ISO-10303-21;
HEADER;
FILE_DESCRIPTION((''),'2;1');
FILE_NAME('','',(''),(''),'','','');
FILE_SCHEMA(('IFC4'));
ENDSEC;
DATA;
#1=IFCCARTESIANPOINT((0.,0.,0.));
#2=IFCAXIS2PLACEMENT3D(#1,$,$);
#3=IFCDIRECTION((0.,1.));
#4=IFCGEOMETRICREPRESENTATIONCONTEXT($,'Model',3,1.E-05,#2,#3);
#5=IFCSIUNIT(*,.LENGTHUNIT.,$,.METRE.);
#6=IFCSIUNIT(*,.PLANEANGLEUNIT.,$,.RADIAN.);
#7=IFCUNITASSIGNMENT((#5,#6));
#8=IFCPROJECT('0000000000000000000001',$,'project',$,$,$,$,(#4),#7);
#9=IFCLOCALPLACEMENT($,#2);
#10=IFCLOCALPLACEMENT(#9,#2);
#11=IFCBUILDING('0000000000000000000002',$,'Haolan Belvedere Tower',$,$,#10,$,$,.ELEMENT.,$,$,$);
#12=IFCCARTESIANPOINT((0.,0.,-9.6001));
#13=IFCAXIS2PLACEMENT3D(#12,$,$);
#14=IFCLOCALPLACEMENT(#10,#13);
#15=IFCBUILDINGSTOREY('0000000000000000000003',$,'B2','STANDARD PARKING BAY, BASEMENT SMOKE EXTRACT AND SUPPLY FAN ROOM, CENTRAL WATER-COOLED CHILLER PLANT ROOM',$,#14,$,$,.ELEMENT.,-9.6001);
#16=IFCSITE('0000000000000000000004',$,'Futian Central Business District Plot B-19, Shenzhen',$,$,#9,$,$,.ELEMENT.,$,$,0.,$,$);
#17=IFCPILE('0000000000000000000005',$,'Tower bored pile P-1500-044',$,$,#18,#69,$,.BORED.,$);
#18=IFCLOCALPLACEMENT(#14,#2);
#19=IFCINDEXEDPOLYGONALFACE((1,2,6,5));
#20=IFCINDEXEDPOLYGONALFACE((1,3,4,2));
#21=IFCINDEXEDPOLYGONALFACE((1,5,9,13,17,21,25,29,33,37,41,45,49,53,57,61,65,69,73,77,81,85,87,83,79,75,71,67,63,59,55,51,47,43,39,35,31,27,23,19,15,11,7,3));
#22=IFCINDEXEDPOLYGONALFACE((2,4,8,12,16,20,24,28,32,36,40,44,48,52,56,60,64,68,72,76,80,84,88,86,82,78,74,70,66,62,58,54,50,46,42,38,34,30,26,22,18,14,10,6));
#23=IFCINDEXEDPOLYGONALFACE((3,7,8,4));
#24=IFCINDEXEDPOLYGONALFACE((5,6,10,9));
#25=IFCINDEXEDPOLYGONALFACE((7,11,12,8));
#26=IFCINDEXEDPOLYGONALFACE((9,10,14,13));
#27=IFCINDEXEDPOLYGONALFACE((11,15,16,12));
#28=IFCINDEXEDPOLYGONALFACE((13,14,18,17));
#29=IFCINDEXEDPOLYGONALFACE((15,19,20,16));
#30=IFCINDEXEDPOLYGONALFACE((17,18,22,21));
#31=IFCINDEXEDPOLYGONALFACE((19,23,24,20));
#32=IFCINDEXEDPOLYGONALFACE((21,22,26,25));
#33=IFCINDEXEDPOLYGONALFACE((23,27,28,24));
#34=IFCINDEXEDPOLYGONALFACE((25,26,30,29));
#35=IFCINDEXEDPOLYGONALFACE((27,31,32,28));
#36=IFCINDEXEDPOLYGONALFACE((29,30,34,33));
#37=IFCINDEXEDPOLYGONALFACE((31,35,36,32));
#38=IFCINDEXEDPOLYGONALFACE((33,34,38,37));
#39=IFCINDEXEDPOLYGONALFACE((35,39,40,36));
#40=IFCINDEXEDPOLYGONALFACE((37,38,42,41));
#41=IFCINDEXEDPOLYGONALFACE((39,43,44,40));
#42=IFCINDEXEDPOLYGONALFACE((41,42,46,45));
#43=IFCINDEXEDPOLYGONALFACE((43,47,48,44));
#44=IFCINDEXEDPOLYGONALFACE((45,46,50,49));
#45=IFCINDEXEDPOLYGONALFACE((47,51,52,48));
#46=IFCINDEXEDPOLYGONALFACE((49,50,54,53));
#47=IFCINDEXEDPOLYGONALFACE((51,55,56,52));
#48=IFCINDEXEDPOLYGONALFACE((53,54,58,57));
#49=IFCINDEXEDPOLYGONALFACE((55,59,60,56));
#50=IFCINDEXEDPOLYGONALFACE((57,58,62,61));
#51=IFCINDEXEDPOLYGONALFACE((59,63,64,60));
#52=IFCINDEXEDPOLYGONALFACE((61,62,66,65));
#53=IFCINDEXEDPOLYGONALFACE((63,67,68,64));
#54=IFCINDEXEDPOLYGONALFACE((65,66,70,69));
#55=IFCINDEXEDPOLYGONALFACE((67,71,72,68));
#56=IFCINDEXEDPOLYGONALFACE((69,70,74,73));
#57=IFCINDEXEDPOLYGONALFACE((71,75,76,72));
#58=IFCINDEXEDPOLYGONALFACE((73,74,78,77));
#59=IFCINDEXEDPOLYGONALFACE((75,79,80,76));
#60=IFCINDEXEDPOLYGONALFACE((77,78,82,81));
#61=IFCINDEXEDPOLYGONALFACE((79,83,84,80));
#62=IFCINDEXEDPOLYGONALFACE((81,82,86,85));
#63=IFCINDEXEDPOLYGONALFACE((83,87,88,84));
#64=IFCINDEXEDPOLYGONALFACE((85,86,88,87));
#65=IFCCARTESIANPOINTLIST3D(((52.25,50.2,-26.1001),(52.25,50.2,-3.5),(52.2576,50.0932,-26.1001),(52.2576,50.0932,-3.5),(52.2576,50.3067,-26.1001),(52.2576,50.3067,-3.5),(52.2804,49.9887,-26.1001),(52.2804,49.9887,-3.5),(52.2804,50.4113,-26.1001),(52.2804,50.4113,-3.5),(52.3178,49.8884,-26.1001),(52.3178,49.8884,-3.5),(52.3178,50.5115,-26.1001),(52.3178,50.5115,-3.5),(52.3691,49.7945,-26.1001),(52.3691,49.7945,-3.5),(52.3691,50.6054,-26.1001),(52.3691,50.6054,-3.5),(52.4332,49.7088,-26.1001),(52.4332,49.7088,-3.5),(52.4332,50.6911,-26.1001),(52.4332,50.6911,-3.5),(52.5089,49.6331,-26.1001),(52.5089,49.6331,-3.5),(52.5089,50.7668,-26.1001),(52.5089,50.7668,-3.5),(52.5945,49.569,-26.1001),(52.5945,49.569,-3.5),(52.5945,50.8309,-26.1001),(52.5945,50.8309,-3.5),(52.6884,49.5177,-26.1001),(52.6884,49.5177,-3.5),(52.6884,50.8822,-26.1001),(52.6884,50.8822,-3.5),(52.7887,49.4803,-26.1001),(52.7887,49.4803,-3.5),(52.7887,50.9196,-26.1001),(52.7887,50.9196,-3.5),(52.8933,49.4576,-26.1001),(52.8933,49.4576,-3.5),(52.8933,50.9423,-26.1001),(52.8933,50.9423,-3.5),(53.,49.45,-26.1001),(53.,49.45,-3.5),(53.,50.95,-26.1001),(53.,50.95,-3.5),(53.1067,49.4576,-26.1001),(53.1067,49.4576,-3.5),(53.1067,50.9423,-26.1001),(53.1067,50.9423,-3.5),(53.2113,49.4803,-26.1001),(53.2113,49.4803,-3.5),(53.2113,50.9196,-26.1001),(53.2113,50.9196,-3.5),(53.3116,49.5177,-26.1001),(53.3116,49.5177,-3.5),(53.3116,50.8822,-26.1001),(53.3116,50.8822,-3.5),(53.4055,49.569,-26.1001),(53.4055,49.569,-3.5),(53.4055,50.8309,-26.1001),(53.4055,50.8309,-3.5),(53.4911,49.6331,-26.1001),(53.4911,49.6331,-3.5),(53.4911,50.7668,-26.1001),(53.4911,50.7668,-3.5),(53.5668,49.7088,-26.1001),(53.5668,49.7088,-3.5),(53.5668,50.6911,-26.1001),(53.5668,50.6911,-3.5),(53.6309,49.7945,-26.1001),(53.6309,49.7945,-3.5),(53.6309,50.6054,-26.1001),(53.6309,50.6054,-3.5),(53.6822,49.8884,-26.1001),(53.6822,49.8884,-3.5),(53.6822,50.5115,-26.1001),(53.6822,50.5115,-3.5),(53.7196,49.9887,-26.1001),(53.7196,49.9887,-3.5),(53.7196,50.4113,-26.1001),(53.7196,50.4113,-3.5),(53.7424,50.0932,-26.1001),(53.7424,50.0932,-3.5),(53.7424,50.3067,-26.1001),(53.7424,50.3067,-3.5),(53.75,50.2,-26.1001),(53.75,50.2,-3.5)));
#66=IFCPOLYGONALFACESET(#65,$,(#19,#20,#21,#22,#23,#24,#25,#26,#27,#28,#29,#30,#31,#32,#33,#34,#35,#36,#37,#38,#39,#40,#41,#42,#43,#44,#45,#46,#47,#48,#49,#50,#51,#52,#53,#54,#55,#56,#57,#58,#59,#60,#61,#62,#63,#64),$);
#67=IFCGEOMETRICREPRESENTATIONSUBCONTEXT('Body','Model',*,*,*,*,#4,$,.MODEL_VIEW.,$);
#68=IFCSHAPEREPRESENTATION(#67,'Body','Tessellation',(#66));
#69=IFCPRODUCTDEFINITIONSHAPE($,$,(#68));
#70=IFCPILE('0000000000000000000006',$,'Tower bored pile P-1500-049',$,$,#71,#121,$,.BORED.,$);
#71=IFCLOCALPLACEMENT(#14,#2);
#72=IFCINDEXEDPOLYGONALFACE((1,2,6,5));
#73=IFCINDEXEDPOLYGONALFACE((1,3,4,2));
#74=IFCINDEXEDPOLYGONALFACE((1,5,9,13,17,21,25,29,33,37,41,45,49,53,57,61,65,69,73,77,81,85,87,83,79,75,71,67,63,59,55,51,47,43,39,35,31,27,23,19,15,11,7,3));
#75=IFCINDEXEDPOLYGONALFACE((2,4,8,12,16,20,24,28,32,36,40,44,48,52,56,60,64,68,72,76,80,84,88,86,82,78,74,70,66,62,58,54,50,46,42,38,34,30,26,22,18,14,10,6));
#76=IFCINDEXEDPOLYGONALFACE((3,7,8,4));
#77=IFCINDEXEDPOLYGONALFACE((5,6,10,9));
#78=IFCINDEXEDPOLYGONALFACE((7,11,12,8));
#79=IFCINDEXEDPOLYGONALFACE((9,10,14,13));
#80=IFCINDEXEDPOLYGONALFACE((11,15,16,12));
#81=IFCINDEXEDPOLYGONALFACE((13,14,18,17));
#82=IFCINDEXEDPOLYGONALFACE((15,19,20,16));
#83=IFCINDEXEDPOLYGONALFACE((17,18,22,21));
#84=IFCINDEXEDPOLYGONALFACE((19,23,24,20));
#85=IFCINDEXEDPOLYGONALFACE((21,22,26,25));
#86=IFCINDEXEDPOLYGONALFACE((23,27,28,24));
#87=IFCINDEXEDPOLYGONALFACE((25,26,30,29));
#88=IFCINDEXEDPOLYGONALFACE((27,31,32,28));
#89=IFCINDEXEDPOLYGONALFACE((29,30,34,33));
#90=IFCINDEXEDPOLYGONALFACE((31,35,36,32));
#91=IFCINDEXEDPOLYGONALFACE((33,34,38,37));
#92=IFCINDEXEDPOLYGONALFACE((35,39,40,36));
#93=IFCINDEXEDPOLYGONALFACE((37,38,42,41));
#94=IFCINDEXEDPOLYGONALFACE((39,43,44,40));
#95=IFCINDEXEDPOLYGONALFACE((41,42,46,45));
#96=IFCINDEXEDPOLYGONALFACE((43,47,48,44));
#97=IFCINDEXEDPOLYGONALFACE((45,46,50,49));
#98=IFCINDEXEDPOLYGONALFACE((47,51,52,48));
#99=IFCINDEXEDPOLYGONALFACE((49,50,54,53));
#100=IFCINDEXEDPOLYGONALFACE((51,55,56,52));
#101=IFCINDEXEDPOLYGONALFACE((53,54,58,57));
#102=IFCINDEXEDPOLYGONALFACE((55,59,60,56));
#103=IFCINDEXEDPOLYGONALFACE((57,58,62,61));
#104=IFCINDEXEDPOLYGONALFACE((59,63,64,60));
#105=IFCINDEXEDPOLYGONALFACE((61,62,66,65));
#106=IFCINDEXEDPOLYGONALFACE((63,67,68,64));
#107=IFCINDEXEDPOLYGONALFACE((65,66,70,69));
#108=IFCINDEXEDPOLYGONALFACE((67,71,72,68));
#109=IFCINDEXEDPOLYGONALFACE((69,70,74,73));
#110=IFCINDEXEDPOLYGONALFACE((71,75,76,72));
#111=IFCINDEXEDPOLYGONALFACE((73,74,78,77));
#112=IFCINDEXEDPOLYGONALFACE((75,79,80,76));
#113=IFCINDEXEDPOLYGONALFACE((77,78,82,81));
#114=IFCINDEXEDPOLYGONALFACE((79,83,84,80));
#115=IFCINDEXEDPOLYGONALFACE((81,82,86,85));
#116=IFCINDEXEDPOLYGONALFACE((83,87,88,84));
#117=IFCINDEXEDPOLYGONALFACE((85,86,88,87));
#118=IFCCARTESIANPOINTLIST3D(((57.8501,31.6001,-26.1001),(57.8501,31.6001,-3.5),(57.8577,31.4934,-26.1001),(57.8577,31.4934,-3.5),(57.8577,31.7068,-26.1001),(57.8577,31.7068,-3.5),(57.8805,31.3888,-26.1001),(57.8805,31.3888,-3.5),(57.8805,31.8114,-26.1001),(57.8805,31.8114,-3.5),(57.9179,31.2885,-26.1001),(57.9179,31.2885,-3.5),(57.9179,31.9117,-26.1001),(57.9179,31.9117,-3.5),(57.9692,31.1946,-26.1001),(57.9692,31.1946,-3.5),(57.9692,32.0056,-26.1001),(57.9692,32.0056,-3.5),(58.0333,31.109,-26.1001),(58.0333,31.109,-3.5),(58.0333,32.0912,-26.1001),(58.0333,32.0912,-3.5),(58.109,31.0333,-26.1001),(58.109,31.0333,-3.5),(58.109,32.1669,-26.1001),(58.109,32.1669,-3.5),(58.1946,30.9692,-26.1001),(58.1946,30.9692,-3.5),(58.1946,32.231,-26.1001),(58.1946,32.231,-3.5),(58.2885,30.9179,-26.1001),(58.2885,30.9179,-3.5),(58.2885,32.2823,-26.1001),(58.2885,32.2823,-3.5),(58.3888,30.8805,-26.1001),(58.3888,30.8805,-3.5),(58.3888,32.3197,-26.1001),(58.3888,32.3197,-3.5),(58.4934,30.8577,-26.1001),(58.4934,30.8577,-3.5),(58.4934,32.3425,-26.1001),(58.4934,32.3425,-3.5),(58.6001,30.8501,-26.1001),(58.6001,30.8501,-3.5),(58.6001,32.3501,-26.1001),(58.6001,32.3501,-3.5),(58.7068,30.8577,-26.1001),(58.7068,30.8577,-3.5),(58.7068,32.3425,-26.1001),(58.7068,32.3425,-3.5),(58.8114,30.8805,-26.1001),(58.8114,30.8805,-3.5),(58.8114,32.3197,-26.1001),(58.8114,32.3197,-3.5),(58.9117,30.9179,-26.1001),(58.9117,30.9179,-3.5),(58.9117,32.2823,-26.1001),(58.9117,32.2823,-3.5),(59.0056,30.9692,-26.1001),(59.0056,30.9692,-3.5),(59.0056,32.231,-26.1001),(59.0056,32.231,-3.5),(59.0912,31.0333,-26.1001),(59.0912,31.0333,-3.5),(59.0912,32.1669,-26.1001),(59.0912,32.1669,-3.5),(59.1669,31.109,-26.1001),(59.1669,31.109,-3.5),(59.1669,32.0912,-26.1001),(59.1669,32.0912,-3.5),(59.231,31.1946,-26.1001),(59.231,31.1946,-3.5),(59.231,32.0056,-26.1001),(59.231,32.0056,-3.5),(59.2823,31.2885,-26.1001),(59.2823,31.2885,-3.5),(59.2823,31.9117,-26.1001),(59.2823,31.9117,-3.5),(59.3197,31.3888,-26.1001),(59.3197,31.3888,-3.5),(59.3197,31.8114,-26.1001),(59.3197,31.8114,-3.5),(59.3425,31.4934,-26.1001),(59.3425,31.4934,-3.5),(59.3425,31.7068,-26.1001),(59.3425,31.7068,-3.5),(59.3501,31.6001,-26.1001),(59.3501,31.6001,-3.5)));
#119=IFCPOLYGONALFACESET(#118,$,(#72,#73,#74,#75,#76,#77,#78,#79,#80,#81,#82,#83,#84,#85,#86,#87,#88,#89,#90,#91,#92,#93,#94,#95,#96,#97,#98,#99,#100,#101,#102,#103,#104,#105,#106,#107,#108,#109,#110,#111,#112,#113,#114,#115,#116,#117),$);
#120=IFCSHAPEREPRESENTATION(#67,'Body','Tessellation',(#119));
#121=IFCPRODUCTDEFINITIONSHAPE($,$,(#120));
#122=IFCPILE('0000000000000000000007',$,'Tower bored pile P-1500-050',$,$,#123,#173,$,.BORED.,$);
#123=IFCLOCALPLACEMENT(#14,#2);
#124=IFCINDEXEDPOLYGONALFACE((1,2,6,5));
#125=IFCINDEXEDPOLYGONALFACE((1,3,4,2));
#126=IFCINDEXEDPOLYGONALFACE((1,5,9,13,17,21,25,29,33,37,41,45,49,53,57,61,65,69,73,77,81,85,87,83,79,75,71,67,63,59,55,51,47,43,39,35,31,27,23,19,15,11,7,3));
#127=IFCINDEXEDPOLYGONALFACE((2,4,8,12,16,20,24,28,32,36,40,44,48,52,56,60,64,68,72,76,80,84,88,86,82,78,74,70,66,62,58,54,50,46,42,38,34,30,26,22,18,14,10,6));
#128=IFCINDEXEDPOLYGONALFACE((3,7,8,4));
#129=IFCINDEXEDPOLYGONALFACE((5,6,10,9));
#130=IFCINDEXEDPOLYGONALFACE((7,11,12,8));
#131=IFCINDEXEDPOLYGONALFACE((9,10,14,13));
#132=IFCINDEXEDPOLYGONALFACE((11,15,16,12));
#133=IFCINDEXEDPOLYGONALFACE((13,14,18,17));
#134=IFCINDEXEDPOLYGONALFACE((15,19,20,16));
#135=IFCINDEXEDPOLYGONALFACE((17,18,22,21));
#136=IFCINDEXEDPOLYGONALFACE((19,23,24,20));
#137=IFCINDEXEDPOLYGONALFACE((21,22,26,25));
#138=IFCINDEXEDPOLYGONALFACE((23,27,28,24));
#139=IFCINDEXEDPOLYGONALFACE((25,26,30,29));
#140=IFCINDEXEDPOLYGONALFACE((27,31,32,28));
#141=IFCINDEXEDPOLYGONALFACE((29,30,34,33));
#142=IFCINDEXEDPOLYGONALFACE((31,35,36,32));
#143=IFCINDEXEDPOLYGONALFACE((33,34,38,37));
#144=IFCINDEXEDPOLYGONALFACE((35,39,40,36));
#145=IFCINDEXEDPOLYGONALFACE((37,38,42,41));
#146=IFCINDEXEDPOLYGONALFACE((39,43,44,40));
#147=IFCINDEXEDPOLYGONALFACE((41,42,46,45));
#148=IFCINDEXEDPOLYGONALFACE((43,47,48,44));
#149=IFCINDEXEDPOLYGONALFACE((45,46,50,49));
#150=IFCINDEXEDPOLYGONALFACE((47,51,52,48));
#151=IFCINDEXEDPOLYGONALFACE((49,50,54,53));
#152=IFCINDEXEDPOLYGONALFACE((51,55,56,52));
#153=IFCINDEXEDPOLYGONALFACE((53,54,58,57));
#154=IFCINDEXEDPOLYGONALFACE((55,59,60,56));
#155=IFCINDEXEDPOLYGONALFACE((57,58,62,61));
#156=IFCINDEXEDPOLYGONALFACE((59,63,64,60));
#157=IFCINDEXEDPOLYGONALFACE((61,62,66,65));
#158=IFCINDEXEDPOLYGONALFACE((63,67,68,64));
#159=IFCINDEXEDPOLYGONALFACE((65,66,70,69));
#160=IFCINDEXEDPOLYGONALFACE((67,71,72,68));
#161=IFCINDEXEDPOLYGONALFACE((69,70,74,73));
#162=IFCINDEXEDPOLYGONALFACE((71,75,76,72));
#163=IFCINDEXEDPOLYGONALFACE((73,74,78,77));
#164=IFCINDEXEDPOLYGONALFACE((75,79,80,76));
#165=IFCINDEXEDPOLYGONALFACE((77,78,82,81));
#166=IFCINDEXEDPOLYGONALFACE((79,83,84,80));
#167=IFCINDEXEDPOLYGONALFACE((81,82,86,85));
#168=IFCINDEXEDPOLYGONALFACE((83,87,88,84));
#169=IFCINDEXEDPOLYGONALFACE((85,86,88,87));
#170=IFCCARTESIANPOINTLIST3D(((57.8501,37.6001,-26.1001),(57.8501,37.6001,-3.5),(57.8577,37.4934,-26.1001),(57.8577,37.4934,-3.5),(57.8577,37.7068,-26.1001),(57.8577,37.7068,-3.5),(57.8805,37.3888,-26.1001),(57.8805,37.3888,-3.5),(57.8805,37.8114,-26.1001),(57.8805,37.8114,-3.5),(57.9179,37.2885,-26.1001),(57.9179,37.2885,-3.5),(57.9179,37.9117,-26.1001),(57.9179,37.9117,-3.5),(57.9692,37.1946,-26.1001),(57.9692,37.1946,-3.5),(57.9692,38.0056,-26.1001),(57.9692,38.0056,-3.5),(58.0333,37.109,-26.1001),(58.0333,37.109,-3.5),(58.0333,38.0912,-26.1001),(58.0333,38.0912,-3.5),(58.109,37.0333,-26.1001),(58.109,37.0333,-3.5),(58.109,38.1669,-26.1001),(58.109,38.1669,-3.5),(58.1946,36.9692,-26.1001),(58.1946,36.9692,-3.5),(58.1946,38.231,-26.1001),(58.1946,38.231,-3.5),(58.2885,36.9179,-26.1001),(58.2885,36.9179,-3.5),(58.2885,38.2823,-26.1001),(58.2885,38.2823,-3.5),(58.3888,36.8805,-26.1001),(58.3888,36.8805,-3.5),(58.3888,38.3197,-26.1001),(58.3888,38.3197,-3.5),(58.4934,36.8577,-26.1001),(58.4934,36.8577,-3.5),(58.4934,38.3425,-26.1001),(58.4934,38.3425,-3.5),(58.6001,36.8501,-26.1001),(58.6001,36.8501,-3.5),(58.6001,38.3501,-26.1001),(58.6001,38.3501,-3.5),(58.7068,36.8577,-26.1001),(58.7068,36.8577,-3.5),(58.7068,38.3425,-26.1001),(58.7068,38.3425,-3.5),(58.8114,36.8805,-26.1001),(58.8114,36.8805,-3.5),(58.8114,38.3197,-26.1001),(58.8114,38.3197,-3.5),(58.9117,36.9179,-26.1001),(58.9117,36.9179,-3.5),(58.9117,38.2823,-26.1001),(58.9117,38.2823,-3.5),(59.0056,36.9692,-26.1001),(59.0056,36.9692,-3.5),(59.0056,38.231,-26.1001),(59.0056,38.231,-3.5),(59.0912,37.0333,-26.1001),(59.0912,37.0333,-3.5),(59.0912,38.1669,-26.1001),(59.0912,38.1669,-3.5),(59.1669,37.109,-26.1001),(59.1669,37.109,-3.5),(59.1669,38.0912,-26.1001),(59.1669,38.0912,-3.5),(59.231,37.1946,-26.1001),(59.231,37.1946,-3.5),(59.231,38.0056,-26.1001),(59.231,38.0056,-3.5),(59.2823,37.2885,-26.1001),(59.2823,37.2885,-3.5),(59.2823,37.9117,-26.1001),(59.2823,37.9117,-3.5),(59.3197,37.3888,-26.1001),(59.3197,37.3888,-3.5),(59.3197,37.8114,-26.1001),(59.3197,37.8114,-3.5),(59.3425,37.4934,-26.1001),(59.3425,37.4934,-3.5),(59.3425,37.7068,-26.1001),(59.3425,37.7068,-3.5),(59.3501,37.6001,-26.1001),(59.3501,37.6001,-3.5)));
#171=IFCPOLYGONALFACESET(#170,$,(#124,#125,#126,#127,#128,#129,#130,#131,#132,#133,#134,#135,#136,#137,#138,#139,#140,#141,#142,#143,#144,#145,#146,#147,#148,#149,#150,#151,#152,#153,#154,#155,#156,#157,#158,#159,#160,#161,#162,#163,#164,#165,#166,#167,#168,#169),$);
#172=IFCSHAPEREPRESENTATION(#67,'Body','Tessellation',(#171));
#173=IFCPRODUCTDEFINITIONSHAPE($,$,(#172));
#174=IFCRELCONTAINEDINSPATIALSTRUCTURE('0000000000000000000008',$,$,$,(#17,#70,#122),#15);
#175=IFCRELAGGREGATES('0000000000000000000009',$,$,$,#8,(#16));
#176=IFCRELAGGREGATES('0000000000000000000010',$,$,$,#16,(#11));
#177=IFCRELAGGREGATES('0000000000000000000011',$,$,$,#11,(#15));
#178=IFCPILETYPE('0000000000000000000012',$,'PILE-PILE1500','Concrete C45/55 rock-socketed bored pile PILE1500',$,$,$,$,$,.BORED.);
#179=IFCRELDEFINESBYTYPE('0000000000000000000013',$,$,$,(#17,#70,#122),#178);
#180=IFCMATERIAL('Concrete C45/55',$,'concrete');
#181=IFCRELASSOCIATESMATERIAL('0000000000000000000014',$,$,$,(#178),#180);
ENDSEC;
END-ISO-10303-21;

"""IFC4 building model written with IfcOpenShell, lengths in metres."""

from ifc_helpers import new_model, si_unit, direction, frame, origin, origin_2d, place, context, subcontext, project, spatial, circle, extrude, material, material_profile, profile_set, type_object, element, save


model = new_model("IFC4")

# Units and contexts
model_context = context("Model", 3, precision=1e-05, world=origin(), true_north=direction((0.0, 1.0)))
body_context = subcontext(model_context, "Body", "Model", "MODEL_VIEW")
ifc_project = project(units=[si_unit("LENGTHUNIT", "METRE"), si_unit("PLANEANGLEUNIT", "RADIAN")], contexts=[model_context])

# Site, building, storey
site_placement = place(None, origin())
site = spatial("IfcSite", under=ifc_project, at=site_placement, Name="Futian Central Business District Plot B-19, Shenzhen", CompositionType="ELEMENT", RefElevation=0.0)
building_placement = place(site_placement, origin())
building = spatial("IfcBuilding", under=site, at=building_placement, Name="Haolan Belvedere Tower", CompositionType="ELEMENT")
storey_placement = place(building_placement, frame((0.0, 0.0, -9.6001)))
storey = spatial("IfcBuildingStorey", under=building, at=storey_placement, Name="B2", Description="STANDARD PARKING BAY, BASEMENT SMOKE EXTRACT AND SUPPLY FAN ROOM, CENTRAL WATER-COOLED CHILLER PLANT ROOM", CompositionType="ELEMENT", Elevation=-9.6001)

# Piles
ifc_material_1 = material(Name="Concrete C45/55", Category="concrete")
ifc_material_profile_1 = material_profile(ifc_material_1, circle(Radius=0.75, at=origin_2d()), Name="Concrete C45/55")
ifc_profile_set_1 = profile_set([ifc_material_profile_1], Name="Concrete C45/55")
pile_type_1 = type_object("IfcPileType", Name="PILE-PILE1500", Description="Concrete C45/55 rock-socketed bored pile PILE1500", PredefinedType="BORED", material=ifc_profile_set_1)
for number, where, z_axis, x_axis, name in (
    (1, (53.0, 50.2, -3.5), (0.0, 0.0, -1.0), (1.0, 0.0, 0.0), "Tower bored pile P-1500-044"),
    (2, (58.6001, 31.6001, -3.5), (0.0, 0.0, -1.0), (1.0, 0.0, 0.0), "Tower bored pile P-1500-049"),
    (3, (58.6001, 37.6001, -3.5), (0.0, 0.0, -1.0), (1.0, 0.0, 0.0), "Tower bored pile P-1500-050"),
):
    element("IfcPile", number, at=place(storey_placement, frame(where, z_axis=z_axis, x_axis=x_axis)), inside=storey, type_object=pile_type_1, Name=name, PredefinedType="BORED", context=body_context, shape_type="SweptSolid", body=[
        extrude(circle(Radius=0.75, at=origin_2d()), origin(), (0.0, 0.0, 1.0), 22.6001),
    ])

save(model, "model.ifc")
